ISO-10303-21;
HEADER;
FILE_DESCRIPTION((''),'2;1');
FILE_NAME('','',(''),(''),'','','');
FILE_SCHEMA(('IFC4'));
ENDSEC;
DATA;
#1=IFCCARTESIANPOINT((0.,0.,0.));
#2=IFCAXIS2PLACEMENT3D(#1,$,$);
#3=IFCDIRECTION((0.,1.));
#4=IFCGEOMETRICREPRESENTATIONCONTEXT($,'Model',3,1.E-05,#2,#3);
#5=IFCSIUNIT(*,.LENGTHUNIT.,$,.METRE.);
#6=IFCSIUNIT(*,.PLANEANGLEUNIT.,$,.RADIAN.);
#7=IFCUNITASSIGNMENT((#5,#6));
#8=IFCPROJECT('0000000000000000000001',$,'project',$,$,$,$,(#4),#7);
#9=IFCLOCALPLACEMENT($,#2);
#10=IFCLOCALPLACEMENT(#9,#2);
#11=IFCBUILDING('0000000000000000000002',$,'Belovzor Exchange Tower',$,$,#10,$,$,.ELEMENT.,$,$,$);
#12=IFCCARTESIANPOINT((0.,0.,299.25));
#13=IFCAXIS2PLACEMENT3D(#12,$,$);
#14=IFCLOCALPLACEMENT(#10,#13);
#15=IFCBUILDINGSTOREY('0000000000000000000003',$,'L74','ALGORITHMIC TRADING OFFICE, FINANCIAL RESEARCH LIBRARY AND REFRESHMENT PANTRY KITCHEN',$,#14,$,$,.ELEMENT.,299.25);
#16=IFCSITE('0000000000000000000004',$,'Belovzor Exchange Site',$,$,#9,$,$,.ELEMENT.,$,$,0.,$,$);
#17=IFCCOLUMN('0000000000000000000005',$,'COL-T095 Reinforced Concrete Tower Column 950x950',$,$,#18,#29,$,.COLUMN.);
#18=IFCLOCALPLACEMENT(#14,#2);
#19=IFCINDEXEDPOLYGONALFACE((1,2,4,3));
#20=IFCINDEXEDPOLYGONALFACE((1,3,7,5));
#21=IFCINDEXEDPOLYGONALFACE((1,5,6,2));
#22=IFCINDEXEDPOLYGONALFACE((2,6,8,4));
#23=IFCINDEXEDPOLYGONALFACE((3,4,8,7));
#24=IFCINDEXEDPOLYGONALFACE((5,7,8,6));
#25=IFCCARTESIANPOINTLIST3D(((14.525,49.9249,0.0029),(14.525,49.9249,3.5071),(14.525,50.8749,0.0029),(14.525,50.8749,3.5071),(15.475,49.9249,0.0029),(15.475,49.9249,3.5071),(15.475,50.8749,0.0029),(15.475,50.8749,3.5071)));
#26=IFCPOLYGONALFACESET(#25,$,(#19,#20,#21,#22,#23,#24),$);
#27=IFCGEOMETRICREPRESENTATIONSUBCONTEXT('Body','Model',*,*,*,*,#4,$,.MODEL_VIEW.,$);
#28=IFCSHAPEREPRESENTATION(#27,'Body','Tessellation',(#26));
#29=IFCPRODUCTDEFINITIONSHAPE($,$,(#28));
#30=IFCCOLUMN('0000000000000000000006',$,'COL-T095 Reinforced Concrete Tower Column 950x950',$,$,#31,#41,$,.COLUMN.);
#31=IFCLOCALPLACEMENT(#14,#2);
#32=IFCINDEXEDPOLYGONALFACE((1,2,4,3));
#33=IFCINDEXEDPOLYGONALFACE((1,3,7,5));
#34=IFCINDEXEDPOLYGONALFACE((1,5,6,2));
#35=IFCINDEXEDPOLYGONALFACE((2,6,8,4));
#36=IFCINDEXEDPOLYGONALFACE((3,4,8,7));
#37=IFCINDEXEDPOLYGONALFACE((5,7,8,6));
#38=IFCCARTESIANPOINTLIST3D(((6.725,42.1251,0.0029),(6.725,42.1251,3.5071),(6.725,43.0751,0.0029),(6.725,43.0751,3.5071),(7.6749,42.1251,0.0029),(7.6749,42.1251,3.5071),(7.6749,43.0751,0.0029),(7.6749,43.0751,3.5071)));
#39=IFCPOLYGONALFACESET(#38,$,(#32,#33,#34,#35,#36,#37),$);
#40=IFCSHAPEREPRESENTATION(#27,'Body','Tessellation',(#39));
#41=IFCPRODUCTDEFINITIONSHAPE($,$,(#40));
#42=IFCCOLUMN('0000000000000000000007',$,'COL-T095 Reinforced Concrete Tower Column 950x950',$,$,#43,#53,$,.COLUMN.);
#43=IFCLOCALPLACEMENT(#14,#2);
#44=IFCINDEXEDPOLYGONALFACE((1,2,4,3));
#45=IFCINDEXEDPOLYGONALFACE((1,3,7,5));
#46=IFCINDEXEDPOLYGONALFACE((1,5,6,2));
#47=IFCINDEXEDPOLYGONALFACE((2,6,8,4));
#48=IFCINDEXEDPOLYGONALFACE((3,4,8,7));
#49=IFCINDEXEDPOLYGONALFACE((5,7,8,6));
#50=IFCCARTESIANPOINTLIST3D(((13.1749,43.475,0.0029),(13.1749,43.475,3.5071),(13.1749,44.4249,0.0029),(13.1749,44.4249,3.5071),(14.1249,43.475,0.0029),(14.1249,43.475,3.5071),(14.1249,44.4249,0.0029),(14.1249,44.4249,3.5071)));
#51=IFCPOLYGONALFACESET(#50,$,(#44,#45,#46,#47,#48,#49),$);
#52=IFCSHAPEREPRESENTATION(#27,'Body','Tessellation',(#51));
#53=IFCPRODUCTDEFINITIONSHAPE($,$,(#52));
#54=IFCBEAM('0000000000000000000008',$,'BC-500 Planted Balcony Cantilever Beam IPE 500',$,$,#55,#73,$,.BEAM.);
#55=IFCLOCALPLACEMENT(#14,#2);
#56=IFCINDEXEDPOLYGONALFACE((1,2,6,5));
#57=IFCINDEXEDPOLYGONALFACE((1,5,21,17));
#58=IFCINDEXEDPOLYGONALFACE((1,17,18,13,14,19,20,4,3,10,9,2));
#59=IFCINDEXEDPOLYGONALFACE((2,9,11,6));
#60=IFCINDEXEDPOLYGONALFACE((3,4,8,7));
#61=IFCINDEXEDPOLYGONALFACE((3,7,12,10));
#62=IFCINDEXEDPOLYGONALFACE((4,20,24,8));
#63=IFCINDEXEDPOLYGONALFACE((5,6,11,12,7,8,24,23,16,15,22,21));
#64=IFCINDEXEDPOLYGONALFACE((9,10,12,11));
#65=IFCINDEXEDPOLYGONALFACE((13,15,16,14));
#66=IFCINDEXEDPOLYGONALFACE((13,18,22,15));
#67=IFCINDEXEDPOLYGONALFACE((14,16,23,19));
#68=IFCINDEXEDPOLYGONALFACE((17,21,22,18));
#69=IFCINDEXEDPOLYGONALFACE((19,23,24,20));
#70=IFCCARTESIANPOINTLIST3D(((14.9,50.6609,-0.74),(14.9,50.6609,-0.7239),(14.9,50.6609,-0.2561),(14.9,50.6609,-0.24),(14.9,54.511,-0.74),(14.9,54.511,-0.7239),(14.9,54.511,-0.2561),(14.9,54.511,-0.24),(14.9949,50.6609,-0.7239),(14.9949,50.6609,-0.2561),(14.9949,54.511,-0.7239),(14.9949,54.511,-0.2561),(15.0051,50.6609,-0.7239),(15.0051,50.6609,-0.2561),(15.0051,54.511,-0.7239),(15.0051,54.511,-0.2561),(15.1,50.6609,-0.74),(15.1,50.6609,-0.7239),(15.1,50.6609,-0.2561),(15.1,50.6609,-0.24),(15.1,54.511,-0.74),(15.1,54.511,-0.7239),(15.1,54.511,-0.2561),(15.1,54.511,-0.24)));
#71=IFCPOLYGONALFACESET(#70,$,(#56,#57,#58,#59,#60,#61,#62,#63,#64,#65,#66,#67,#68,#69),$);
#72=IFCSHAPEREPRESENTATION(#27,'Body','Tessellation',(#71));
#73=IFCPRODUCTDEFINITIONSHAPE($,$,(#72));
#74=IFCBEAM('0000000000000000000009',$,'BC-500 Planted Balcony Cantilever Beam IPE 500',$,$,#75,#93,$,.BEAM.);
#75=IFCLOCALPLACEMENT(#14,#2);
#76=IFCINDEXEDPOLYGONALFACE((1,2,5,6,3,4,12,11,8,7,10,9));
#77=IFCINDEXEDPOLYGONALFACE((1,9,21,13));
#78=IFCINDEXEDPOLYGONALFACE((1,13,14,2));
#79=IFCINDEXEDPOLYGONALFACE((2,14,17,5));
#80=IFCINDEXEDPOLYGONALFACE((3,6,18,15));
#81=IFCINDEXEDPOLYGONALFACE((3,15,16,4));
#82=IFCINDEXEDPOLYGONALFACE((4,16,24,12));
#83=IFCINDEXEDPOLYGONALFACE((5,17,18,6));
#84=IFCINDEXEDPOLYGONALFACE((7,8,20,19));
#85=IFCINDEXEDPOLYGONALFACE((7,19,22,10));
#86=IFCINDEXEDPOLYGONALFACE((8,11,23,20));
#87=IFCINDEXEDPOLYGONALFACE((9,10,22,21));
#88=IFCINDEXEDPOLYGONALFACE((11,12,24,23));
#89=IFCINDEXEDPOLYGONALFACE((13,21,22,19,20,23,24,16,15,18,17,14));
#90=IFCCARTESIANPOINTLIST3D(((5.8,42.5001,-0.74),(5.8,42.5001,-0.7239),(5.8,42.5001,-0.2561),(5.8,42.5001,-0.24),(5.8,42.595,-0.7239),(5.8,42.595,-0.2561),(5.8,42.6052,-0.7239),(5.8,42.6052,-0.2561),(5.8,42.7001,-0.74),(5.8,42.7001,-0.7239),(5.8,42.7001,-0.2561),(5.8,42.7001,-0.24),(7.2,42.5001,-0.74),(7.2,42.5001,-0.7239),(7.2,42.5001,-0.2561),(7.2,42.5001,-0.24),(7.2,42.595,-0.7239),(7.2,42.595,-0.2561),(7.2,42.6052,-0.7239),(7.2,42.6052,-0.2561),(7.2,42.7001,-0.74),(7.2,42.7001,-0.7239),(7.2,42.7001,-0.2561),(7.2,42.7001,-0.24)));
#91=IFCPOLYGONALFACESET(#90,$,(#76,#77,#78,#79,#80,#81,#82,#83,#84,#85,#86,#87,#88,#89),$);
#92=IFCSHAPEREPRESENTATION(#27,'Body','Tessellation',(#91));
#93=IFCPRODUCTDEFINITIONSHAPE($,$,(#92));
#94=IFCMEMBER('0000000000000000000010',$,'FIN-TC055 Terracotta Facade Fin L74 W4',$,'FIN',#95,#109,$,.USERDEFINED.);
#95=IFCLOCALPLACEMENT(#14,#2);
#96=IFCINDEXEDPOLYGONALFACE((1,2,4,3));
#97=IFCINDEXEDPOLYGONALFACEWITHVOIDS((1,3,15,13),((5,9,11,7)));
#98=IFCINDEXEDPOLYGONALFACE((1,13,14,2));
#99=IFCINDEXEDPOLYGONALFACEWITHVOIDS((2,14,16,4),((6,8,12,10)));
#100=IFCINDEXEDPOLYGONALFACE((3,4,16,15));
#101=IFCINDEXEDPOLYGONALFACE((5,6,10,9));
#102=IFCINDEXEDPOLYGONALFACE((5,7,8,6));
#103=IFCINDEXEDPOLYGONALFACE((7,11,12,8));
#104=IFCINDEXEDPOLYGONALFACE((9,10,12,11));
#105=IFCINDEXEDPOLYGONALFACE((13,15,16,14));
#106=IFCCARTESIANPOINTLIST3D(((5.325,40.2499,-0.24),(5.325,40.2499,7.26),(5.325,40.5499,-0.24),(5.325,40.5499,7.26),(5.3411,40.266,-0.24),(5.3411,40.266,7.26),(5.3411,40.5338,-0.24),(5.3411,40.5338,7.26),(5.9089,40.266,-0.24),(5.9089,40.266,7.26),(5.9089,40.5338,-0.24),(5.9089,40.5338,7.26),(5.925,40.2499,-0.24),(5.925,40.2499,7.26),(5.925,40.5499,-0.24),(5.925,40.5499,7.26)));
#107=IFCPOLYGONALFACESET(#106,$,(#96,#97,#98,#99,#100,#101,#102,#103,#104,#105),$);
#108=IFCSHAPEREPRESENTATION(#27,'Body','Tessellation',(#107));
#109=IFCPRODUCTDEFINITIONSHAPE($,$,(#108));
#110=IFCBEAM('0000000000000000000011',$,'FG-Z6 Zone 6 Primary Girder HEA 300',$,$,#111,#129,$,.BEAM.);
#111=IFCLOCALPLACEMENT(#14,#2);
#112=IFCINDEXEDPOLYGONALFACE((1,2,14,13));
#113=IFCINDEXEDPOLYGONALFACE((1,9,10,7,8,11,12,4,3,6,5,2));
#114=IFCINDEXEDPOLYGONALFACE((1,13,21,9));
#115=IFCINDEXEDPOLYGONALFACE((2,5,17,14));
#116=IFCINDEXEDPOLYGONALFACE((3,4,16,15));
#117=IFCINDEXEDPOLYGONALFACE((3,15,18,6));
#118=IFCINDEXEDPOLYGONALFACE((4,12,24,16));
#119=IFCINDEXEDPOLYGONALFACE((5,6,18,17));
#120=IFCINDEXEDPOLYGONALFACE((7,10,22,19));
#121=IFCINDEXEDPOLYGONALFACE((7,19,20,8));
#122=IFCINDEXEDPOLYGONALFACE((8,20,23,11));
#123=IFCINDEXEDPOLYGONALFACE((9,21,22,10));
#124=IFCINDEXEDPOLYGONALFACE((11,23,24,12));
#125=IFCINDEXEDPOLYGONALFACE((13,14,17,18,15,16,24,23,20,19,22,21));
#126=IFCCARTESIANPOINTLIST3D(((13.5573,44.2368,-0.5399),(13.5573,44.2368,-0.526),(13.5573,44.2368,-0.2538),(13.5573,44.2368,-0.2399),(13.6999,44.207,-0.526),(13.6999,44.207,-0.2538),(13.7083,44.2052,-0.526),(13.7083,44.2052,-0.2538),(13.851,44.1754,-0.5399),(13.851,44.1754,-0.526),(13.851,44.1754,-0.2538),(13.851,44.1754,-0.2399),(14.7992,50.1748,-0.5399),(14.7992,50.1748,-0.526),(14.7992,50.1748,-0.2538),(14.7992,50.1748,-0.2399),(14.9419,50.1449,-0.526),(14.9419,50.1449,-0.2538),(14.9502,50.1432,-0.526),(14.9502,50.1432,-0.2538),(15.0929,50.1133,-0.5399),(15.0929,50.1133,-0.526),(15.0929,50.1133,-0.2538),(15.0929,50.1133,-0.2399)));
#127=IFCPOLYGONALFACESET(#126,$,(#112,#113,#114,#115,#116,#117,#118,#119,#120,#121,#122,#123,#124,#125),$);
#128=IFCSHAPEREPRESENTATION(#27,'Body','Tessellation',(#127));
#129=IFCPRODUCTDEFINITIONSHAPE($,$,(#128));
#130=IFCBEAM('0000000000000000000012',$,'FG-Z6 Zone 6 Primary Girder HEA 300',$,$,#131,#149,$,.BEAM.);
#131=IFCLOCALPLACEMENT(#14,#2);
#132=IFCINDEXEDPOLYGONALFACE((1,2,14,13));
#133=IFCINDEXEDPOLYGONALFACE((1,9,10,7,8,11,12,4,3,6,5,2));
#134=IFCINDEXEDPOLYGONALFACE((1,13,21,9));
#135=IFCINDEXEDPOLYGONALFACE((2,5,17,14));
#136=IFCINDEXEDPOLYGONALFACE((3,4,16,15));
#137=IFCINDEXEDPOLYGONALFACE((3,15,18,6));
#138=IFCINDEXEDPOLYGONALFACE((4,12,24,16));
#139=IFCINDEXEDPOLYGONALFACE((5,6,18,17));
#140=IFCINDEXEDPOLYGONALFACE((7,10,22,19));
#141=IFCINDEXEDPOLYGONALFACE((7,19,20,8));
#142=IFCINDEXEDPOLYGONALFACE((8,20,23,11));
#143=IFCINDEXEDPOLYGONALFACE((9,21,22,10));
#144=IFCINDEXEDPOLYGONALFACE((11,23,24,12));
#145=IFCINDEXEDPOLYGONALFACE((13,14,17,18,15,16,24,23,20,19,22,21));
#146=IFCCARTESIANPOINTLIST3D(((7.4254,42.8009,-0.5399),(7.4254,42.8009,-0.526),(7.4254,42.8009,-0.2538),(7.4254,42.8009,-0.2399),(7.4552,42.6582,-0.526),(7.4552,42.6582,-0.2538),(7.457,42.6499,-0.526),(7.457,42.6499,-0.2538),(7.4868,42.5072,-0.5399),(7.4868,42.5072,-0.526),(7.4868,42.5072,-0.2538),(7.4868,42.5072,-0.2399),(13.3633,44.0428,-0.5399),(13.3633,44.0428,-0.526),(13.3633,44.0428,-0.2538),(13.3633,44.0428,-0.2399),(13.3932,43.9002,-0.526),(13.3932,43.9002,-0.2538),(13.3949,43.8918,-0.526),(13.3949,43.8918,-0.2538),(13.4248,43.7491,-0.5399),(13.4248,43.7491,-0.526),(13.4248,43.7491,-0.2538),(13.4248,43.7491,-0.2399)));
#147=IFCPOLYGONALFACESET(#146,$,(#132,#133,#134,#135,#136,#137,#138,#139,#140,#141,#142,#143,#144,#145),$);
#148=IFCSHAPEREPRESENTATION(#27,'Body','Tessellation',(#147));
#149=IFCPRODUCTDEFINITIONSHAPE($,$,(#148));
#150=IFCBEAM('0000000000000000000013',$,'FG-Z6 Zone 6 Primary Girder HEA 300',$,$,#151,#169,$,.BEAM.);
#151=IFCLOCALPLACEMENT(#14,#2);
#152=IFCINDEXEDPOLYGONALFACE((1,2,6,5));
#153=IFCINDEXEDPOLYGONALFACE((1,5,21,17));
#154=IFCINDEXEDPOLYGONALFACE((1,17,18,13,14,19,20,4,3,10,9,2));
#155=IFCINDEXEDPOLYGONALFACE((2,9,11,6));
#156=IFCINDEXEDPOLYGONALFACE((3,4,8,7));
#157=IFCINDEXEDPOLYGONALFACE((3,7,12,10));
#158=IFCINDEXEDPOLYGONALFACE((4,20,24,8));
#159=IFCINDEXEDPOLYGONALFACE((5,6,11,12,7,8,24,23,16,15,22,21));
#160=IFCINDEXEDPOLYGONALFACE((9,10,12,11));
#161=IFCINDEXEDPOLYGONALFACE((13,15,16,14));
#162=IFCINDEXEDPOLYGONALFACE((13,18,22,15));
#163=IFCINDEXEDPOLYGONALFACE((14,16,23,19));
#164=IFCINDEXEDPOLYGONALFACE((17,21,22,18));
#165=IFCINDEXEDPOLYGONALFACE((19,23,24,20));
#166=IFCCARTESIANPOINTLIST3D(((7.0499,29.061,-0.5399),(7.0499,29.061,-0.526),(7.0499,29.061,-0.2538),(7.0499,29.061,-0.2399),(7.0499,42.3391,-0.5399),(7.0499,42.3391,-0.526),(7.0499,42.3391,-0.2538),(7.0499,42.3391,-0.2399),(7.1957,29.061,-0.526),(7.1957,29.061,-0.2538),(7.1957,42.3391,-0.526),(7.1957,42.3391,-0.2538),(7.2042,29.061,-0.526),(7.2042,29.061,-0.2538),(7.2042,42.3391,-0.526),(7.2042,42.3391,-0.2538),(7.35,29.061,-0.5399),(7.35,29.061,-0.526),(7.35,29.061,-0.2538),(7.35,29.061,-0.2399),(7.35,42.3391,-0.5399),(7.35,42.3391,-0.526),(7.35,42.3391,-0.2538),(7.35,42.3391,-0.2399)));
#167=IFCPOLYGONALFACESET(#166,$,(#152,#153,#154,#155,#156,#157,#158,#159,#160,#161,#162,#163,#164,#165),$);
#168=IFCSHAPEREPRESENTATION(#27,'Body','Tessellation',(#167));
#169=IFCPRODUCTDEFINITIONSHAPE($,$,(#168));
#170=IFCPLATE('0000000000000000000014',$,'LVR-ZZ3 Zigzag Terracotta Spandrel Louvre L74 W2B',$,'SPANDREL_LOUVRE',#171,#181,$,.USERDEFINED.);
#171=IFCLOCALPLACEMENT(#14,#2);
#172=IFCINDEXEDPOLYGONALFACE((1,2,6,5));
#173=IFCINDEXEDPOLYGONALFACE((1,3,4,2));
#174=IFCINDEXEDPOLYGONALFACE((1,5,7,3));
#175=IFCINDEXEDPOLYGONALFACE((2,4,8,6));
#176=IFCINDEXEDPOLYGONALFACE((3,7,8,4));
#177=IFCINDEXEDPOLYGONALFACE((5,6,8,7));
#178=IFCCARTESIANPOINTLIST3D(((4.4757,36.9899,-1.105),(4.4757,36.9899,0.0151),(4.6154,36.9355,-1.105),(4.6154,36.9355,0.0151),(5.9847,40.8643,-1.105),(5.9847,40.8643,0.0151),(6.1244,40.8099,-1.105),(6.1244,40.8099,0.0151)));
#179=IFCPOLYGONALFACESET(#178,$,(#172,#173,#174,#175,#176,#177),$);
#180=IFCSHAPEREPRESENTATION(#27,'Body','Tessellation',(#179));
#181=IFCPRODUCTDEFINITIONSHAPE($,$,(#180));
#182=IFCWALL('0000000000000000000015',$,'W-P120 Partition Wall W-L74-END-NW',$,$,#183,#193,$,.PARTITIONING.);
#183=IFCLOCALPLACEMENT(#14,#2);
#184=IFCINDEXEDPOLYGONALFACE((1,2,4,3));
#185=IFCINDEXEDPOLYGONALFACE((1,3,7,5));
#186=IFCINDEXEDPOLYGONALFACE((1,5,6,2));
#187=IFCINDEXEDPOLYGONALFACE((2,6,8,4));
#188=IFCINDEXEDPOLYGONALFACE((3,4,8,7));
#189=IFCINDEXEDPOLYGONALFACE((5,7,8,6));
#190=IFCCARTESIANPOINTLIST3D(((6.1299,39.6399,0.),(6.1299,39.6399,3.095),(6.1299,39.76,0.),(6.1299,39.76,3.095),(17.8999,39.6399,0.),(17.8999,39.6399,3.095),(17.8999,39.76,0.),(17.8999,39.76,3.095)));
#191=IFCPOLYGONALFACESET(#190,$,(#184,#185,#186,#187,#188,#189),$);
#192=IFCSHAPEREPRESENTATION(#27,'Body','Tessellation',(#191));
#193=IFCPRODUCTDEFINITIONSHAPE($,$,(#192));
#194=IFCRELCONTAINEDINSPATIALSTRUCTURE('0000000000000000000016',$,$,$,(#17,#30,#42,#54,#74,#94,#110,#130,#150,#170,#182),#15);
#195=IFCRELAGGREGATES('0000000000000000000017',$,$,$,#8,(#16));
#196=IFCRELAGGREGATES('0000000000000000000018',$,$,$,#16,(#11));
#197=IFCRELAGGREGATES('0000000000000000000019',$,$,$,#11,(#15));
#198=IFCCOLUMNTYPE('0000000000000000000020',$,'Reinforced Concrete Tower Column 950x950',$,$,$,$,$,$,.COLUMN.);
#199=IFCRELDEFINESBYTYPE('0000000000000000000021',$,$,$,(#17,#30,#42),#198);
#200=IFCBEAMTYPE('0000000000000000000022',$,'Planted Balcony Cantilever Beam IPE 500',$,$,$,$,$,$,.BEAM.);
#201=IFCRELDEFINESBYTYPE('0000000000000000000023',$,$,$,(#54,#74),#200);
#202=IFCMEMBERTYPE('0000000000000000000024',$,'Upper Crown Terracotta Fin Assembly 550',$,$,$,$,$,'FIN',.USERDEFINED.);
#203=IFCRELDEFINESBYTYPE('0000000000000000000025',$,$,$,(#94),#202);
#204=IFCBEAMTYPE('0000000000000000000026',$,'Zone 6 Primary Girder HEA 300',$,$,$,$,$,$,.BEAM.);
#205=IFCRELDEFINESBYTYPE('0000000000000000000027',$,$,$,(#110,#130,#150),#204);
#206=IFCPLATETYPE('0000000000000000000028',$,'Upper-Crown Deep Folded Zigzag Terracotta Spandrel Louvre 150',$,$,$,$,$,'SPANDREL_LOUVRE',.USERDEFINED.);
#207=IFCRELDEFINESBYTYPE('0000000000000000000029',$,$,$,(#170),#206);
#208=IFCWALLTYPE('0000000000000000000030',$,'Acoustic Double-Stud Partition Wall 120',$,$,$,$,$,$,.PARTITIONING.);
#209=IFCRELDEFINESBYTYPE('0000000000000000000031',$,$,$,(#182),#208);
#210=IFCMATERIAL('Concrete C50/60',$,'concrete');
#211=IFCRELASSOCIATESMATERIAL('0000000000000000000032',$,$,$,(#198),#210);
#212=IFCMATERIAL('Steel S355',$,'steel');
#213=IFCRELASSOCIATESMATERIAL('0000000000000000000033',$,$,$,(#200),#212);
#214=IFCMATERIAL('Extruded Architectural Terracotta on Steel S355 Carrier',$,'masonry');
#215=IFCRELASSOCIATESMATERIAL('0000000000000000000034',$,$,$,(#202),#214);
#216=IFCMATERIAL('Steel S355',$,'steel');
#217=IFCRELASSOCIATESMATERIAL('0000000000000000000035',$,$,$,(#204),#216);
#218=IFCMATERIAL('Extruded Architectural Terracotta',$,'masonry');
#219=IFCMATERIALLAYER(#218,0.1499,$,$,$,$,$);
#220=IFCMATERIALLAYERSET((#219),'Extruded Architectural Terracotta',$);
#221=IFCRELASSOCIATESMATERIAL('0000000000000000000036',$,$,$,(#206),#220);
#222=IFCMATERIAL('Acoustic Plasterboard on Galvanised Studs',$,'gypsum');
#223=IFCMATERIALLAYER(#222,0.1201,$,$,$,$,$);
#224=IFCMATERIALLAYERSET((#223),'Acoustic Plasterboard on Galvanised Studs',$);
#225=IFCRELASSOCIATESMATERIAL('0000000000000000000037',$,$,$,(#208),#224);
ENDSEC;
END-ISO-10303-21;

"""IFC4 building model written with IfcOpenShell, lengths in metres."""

from ifc_helpers import new_model, si_unit, direction, frame, frame_2d, origin, origin_2d, place, context, subcontext, project, spatial, rectangle, hollow_rectangle, i_section, extrude, material, layer, layer_set, material_profile, profile_set, type_object, element, save


model = new_model("IFC4")

# Units and contexts
model_context = context("Model", 3, precision=1e-05, world=origin(), true_north=direction((0.0, 1.0)))
body_context = subcontext(model_context, "Body", "Model", "MODEL_VIEW")
ifc_project = project(units=[si_unit("LENGTHUNIT", "METRE"), si_unit("PLANEANGLEUNIT", "RADIAN")], contexts=[model_context])

# Site, building, storey
site_placement = place(None, origin())
site = spatial("IfcSite", under=ifc_project, at=site_placement, Name="Belovzor Exchange Site", CompositionType="ELEMENT", RefElevation=0.0)
building_placement = place(site_placement, origin())
building = spatial("IfcBuilding", under=site, at=building_placement, Name="Belovzor Exchange Tower", CompositionType="ELEMENT")
storey_placement = place(building_placement, frame((0.0, 0.0, 299.25)))
storey = spatial("IfcBuildingStorey", under=building, at=storey_placement, Name="L74", Description="ALGORITHMIC TRADING OFFICE, FINANCIAL RESEARCH LIBRARY AND REFRESHMENT PANTRY KITCHEN", CompositionType="ELEMENT", Elevation=299.25)

# Columns
ifc_material_1 = material(Name="Concrete C50/60", Category="concrete")
ifc_material_profile_1 = material_profile(ifc_material_1, rectangle(XDim=0.95, YDim=0.95, at=origin_2d()))
ifc_profile_set_1 = profile_set([ifc_material_profile_1], Name="Concrete C50/60")
column_type = type_object("IfcColumnType", Name="Reinforced Concrete Tower Column 950x950", PredefinedType="COLUMN", material=ifc_profile_set_1)
for number, where, z_axis, x_axis, name in (
    (1, (15.0, 50.3999, 0.0029), (0.0, 0.0, 1.0), (1.0, 0.0, 0.0), "COL-T095 Reinforced Concrete Tower Column 950x950"),
    (2, (7.2, 42.6001, 0.0029), (0.0, 0.0, 1.0), (1.0, 0.0, 0.0), "COL-T095 Reinforced Concrete Tower Column 950x950"),
    (3, (13.6499, 43.95, 0.0029), (0.0, 0.0, 1.0), (1.0, 0.0, 0.0), "COL-T095 Reinforced Concrete Tower Column 950x950"),
):
    element("IfcColumn", number, at=place(storey_placement, frame(where, z_axis=z_axis, x_axis=x_axis)), inside=storey, type_object=column_type, Name=name, PredefinedType="COLUMN", context=body_context, shape_type="SweptSolid", body=[
        extrude(rectangle(XDim=0.95, YDim=0.95, at=origin_2d()), origin(), (0.0, 0.0, 1.0), 3.5042),
    ])

# Beams
ifc_material_2 = material(Name="Steel S355", Category="steel")
ifc_material_profile_2 = material_profile(ifc_material_2, i_section(OverallWidth=0.2, OverallDepth=0.5, WebThickness=0.0103, FlangeThickness=0.0161, at=origin_2d()))
ifc_profile_set_2 = profile_set([ifc_material_profile_2], Name="Steel S355")
beam_type_1 = type_object("IfcBeamType", Name="Planted Balcony Cantilever Beam IPE 500", PredefinedType="BEAM", material=ifc_profile_set_2)
beam_1_placement = place(storey_placement, frame((15.0, 50.6609, -0.49), z_axis=(0.0, 1.0, 0.0), x_axis=(-1.0, 0.0, 0.0)))
element("IfcBeam", 4, at=beam_1_placement, inside=storey, type_object=beam_type_1, Name="BC-500 Planted Balcony Cantilever Beam IPE 500", PredefinedType="BEAM", context=body_context, shape_type="SweptSolid", body=[
    extrude(i_section(OverallWidth=0.2, OverallDepth=0.5, WebThickness=0.0103, FlangeThickness=0.0161, at=origin_2d()), origin(), (0.0, 0.0, 1.0), 3.8501),
])
beam_2_placement = place(storey_placement, frame((7.2, 42.6001, -0.49), z_axis=(-1.0, 0.0, 0.0), x_axis=(0.0, -1.0, 0.0)))
element("IfcBeam", 5, at=beam_2_placement, inside=storey, type_object=beam_type_1, Name="BC-500 Planted Balcony Cantilever Beam IPE 500", PredefinedType="BEAM", context=body_context, shape_type="SweptSolid", body=[
    extrude(i_section(OverallWidth=0.2, OverallDepth=0.5, WebThickness=0.0103, FlangeThickness=0.0161, at=origin_2d()), origin(), (0.0, 0.0, 1.0), 1.3999),
])

# Member
ifc_material_3 = material(Name="Extruded Architectural Terracotta on Steel S355 Carrier", Category="masonry")
ifc_material_profile_3 = material_profile(ifc_material_3, hollow_rectangle(XDim=0.3, YDim=0.6001, WallThickness=0.0161, at=origin_2d()))
ifc_profile_set_3 = profile_set([ifc_material_profile_3], Name="Extruded Architectural Terracotta on Steel S355 Carrier")
member_type = type_object("IfcMemberType", Name="Upper Crown Terracotta Fin Assembly 550", ElementType="FIN", PredefinedType="USERDEFINED", material=ifc_profile_set_3)
member_placement = place(storey_placement, frame((5.625, 40.3999, -0.24), z_axis=(0.0, 0.0, 1.0), x_axis=(0.0, 1.0, 0.0)))
element("IfcMember", 6, at=member_placement, inside=storey, type_object=member_type, Name="FIN-TC055 Terracotta Facade Fin L74 W4", ObjectType="FIN", PredefinedType="USERDEFINED", context=body_context, shape_type="SweptSolid", body=[
    extrude(hollow_rectangle(XDim=0.3, YDim=0.6001, WallThickness=0.0161, at=origin_2d()), origin(), (0.0, 0.0, 1.0), 7.5),
])

# Beams
ifc_material_4 = material(Name="Steel S355", Category="steel")
ifc_material_profile_4 = material_profile(ifc_material_4, i_section(OverallWidth=0.3, OverallDepth=0.3, WebThickness=0.0085, FlangeThickness=0.0139, at=origin_2d()))
ifc_profile_set_4 = profile_set([ifc_material_profile_4], Name="Steel S355")
beam_type_2 = type_object("IfcBeamType", Name="Zone 6 Primary Girder HEA 300", PredefinedType="BEAM", material=ifc_profile_set_4)
for number, where, z_axis, x_axis, name in (
    (7, (14.946, 50.144, -0.3899), (-0.204722, -0.97882, 0.0), (0.97882, -0.204722, 0.0), "FG-Z6 Zone 6 Primary Girder HEA 300"),
    (8, (13.394, 43.896, -0.3899), (-0.97882, -0.204722, 0.0), (0.204722, -0.97882, 0.0), "FG-Z6 Zone 6 Primary Girder HEA 300"),
):
    element("IfcBeam", number, at=place(storey_placement, frame(where, z_axis=z_axis, x_axis=x_axis)), inside=storey, type_object=beam_type_2, Name=name, PredefinedType="BEAM", context=body_context, shape_type="SweptSolid", body=[
        extrude(i_section(OverallWidth=0.3, OverallDepth=0.3, WebThickness=0.0085, FlangeThickness=0.0139, at=origin_2d()), origin(), (0.0, 0.0, 1.0), 6.0664),
    ])
beam_3_placement = place(storey_placement, frame((7.2, 42.3391, -0.3899), z_axis=(0.0, -1.0, 0.0), x_axis=(1.0, 0.0, 0.0)))
element("IfcBeam", 9, at=beam_3_placement, inside=storey, type_object=beam_type_2, Name="FG-Z6 Zone 6 Primary Girder HEA 300", PredefinedType="BEAM", context=body_context, shape_type="SweptSolid", body=[
    extrude(i_section(OverallWidth=0.3, OverallDepth=0.3, WebThickness=0.0085, FlangeThickness=0.0139, at=origin_2d()), origin(), (0.0, 0.0, 1.0), 13.2781),
])

# Plate
ifc_material_5 = material(Name="Extruded Architectural Terracotta", Category="masonry")
ifc_layer_1 = layer(ifc_material_5, 0.1499)
ifc_layer_set_1 = layer_set([ifc_layer_1], Name="Extruded Architectural Terracotta")
plate_type = type_object("IfcPlateType", Name="Upper-Crown Deep Folded Zigzag Terracotta Spandrel Louvre 150", ElementType="SPANDREL_LOUVRE", PredefinedType="USERDEFINED", material=ifc_layer_set_1)
plate_placement = place(storey_placement, frame((5.3, 38.8999, -1.105), z_axis=(0.0, 0.0, 1.0), x_axis=(0.362926, 0.931818, 0.0)))
element("IfcPlate", 10, at=plate_placement, inside=storey, type_object=plate_type, Name="LVR-ZZ3 Zigzag Terracotta Spandrel Louvre L74 W2B", ObjectType="SPANDREL_LOUVRE", PredefinedType="USERDEFINED", context=body_context, shape_type="SweptSolid", body=[
    extrude(rectangle(XDim=4.158, YDim=0.1499, at=origin_2d()), origin(), (0.0, 0.0, 1.0), 1.1201),
])

# Wall
ifc_material_6 = material(Name="Acoustic Plasterboard on Galvanised Studs", Category="gypsum")
ifc_layer_2 = layer(ifc_material_6, 0.1201)
ifc_layer_set_2 = layer_set([ifc_layer_2], Name="Acoustic Plasterboard on Galvanised Studs")
wall_type_1 = type_object("IfcWallType", Name="Acoustic Double-Stud Partition Wall 120", PredefinedType="PARTITIONING", material=ifc_layer_set_2)
wall_1_placement = place(storey_placement, frame((6.1299, 39.7, 0.0), z_axis=(0.0, 0.0, 1.0), x_axis=(1.0, 0.0, 0.0)))
element("IfcWall", 11, at=wall_1_placement, inside=storey, type_object=wall_type_1, Name="W-P120 Partition Wall W-L74-END-NW", PredefinedType="PARTITIONING", context=body_context, shape_type="SweptSolid", body=[
    extrude(rectangle(XDim=11.77, YDim=0.1201, at=frame_2d((5.885, 0.0))), origin(), (0.0, 0.0, 1.0), 3.095),
])

save(model, "model.ifc")
